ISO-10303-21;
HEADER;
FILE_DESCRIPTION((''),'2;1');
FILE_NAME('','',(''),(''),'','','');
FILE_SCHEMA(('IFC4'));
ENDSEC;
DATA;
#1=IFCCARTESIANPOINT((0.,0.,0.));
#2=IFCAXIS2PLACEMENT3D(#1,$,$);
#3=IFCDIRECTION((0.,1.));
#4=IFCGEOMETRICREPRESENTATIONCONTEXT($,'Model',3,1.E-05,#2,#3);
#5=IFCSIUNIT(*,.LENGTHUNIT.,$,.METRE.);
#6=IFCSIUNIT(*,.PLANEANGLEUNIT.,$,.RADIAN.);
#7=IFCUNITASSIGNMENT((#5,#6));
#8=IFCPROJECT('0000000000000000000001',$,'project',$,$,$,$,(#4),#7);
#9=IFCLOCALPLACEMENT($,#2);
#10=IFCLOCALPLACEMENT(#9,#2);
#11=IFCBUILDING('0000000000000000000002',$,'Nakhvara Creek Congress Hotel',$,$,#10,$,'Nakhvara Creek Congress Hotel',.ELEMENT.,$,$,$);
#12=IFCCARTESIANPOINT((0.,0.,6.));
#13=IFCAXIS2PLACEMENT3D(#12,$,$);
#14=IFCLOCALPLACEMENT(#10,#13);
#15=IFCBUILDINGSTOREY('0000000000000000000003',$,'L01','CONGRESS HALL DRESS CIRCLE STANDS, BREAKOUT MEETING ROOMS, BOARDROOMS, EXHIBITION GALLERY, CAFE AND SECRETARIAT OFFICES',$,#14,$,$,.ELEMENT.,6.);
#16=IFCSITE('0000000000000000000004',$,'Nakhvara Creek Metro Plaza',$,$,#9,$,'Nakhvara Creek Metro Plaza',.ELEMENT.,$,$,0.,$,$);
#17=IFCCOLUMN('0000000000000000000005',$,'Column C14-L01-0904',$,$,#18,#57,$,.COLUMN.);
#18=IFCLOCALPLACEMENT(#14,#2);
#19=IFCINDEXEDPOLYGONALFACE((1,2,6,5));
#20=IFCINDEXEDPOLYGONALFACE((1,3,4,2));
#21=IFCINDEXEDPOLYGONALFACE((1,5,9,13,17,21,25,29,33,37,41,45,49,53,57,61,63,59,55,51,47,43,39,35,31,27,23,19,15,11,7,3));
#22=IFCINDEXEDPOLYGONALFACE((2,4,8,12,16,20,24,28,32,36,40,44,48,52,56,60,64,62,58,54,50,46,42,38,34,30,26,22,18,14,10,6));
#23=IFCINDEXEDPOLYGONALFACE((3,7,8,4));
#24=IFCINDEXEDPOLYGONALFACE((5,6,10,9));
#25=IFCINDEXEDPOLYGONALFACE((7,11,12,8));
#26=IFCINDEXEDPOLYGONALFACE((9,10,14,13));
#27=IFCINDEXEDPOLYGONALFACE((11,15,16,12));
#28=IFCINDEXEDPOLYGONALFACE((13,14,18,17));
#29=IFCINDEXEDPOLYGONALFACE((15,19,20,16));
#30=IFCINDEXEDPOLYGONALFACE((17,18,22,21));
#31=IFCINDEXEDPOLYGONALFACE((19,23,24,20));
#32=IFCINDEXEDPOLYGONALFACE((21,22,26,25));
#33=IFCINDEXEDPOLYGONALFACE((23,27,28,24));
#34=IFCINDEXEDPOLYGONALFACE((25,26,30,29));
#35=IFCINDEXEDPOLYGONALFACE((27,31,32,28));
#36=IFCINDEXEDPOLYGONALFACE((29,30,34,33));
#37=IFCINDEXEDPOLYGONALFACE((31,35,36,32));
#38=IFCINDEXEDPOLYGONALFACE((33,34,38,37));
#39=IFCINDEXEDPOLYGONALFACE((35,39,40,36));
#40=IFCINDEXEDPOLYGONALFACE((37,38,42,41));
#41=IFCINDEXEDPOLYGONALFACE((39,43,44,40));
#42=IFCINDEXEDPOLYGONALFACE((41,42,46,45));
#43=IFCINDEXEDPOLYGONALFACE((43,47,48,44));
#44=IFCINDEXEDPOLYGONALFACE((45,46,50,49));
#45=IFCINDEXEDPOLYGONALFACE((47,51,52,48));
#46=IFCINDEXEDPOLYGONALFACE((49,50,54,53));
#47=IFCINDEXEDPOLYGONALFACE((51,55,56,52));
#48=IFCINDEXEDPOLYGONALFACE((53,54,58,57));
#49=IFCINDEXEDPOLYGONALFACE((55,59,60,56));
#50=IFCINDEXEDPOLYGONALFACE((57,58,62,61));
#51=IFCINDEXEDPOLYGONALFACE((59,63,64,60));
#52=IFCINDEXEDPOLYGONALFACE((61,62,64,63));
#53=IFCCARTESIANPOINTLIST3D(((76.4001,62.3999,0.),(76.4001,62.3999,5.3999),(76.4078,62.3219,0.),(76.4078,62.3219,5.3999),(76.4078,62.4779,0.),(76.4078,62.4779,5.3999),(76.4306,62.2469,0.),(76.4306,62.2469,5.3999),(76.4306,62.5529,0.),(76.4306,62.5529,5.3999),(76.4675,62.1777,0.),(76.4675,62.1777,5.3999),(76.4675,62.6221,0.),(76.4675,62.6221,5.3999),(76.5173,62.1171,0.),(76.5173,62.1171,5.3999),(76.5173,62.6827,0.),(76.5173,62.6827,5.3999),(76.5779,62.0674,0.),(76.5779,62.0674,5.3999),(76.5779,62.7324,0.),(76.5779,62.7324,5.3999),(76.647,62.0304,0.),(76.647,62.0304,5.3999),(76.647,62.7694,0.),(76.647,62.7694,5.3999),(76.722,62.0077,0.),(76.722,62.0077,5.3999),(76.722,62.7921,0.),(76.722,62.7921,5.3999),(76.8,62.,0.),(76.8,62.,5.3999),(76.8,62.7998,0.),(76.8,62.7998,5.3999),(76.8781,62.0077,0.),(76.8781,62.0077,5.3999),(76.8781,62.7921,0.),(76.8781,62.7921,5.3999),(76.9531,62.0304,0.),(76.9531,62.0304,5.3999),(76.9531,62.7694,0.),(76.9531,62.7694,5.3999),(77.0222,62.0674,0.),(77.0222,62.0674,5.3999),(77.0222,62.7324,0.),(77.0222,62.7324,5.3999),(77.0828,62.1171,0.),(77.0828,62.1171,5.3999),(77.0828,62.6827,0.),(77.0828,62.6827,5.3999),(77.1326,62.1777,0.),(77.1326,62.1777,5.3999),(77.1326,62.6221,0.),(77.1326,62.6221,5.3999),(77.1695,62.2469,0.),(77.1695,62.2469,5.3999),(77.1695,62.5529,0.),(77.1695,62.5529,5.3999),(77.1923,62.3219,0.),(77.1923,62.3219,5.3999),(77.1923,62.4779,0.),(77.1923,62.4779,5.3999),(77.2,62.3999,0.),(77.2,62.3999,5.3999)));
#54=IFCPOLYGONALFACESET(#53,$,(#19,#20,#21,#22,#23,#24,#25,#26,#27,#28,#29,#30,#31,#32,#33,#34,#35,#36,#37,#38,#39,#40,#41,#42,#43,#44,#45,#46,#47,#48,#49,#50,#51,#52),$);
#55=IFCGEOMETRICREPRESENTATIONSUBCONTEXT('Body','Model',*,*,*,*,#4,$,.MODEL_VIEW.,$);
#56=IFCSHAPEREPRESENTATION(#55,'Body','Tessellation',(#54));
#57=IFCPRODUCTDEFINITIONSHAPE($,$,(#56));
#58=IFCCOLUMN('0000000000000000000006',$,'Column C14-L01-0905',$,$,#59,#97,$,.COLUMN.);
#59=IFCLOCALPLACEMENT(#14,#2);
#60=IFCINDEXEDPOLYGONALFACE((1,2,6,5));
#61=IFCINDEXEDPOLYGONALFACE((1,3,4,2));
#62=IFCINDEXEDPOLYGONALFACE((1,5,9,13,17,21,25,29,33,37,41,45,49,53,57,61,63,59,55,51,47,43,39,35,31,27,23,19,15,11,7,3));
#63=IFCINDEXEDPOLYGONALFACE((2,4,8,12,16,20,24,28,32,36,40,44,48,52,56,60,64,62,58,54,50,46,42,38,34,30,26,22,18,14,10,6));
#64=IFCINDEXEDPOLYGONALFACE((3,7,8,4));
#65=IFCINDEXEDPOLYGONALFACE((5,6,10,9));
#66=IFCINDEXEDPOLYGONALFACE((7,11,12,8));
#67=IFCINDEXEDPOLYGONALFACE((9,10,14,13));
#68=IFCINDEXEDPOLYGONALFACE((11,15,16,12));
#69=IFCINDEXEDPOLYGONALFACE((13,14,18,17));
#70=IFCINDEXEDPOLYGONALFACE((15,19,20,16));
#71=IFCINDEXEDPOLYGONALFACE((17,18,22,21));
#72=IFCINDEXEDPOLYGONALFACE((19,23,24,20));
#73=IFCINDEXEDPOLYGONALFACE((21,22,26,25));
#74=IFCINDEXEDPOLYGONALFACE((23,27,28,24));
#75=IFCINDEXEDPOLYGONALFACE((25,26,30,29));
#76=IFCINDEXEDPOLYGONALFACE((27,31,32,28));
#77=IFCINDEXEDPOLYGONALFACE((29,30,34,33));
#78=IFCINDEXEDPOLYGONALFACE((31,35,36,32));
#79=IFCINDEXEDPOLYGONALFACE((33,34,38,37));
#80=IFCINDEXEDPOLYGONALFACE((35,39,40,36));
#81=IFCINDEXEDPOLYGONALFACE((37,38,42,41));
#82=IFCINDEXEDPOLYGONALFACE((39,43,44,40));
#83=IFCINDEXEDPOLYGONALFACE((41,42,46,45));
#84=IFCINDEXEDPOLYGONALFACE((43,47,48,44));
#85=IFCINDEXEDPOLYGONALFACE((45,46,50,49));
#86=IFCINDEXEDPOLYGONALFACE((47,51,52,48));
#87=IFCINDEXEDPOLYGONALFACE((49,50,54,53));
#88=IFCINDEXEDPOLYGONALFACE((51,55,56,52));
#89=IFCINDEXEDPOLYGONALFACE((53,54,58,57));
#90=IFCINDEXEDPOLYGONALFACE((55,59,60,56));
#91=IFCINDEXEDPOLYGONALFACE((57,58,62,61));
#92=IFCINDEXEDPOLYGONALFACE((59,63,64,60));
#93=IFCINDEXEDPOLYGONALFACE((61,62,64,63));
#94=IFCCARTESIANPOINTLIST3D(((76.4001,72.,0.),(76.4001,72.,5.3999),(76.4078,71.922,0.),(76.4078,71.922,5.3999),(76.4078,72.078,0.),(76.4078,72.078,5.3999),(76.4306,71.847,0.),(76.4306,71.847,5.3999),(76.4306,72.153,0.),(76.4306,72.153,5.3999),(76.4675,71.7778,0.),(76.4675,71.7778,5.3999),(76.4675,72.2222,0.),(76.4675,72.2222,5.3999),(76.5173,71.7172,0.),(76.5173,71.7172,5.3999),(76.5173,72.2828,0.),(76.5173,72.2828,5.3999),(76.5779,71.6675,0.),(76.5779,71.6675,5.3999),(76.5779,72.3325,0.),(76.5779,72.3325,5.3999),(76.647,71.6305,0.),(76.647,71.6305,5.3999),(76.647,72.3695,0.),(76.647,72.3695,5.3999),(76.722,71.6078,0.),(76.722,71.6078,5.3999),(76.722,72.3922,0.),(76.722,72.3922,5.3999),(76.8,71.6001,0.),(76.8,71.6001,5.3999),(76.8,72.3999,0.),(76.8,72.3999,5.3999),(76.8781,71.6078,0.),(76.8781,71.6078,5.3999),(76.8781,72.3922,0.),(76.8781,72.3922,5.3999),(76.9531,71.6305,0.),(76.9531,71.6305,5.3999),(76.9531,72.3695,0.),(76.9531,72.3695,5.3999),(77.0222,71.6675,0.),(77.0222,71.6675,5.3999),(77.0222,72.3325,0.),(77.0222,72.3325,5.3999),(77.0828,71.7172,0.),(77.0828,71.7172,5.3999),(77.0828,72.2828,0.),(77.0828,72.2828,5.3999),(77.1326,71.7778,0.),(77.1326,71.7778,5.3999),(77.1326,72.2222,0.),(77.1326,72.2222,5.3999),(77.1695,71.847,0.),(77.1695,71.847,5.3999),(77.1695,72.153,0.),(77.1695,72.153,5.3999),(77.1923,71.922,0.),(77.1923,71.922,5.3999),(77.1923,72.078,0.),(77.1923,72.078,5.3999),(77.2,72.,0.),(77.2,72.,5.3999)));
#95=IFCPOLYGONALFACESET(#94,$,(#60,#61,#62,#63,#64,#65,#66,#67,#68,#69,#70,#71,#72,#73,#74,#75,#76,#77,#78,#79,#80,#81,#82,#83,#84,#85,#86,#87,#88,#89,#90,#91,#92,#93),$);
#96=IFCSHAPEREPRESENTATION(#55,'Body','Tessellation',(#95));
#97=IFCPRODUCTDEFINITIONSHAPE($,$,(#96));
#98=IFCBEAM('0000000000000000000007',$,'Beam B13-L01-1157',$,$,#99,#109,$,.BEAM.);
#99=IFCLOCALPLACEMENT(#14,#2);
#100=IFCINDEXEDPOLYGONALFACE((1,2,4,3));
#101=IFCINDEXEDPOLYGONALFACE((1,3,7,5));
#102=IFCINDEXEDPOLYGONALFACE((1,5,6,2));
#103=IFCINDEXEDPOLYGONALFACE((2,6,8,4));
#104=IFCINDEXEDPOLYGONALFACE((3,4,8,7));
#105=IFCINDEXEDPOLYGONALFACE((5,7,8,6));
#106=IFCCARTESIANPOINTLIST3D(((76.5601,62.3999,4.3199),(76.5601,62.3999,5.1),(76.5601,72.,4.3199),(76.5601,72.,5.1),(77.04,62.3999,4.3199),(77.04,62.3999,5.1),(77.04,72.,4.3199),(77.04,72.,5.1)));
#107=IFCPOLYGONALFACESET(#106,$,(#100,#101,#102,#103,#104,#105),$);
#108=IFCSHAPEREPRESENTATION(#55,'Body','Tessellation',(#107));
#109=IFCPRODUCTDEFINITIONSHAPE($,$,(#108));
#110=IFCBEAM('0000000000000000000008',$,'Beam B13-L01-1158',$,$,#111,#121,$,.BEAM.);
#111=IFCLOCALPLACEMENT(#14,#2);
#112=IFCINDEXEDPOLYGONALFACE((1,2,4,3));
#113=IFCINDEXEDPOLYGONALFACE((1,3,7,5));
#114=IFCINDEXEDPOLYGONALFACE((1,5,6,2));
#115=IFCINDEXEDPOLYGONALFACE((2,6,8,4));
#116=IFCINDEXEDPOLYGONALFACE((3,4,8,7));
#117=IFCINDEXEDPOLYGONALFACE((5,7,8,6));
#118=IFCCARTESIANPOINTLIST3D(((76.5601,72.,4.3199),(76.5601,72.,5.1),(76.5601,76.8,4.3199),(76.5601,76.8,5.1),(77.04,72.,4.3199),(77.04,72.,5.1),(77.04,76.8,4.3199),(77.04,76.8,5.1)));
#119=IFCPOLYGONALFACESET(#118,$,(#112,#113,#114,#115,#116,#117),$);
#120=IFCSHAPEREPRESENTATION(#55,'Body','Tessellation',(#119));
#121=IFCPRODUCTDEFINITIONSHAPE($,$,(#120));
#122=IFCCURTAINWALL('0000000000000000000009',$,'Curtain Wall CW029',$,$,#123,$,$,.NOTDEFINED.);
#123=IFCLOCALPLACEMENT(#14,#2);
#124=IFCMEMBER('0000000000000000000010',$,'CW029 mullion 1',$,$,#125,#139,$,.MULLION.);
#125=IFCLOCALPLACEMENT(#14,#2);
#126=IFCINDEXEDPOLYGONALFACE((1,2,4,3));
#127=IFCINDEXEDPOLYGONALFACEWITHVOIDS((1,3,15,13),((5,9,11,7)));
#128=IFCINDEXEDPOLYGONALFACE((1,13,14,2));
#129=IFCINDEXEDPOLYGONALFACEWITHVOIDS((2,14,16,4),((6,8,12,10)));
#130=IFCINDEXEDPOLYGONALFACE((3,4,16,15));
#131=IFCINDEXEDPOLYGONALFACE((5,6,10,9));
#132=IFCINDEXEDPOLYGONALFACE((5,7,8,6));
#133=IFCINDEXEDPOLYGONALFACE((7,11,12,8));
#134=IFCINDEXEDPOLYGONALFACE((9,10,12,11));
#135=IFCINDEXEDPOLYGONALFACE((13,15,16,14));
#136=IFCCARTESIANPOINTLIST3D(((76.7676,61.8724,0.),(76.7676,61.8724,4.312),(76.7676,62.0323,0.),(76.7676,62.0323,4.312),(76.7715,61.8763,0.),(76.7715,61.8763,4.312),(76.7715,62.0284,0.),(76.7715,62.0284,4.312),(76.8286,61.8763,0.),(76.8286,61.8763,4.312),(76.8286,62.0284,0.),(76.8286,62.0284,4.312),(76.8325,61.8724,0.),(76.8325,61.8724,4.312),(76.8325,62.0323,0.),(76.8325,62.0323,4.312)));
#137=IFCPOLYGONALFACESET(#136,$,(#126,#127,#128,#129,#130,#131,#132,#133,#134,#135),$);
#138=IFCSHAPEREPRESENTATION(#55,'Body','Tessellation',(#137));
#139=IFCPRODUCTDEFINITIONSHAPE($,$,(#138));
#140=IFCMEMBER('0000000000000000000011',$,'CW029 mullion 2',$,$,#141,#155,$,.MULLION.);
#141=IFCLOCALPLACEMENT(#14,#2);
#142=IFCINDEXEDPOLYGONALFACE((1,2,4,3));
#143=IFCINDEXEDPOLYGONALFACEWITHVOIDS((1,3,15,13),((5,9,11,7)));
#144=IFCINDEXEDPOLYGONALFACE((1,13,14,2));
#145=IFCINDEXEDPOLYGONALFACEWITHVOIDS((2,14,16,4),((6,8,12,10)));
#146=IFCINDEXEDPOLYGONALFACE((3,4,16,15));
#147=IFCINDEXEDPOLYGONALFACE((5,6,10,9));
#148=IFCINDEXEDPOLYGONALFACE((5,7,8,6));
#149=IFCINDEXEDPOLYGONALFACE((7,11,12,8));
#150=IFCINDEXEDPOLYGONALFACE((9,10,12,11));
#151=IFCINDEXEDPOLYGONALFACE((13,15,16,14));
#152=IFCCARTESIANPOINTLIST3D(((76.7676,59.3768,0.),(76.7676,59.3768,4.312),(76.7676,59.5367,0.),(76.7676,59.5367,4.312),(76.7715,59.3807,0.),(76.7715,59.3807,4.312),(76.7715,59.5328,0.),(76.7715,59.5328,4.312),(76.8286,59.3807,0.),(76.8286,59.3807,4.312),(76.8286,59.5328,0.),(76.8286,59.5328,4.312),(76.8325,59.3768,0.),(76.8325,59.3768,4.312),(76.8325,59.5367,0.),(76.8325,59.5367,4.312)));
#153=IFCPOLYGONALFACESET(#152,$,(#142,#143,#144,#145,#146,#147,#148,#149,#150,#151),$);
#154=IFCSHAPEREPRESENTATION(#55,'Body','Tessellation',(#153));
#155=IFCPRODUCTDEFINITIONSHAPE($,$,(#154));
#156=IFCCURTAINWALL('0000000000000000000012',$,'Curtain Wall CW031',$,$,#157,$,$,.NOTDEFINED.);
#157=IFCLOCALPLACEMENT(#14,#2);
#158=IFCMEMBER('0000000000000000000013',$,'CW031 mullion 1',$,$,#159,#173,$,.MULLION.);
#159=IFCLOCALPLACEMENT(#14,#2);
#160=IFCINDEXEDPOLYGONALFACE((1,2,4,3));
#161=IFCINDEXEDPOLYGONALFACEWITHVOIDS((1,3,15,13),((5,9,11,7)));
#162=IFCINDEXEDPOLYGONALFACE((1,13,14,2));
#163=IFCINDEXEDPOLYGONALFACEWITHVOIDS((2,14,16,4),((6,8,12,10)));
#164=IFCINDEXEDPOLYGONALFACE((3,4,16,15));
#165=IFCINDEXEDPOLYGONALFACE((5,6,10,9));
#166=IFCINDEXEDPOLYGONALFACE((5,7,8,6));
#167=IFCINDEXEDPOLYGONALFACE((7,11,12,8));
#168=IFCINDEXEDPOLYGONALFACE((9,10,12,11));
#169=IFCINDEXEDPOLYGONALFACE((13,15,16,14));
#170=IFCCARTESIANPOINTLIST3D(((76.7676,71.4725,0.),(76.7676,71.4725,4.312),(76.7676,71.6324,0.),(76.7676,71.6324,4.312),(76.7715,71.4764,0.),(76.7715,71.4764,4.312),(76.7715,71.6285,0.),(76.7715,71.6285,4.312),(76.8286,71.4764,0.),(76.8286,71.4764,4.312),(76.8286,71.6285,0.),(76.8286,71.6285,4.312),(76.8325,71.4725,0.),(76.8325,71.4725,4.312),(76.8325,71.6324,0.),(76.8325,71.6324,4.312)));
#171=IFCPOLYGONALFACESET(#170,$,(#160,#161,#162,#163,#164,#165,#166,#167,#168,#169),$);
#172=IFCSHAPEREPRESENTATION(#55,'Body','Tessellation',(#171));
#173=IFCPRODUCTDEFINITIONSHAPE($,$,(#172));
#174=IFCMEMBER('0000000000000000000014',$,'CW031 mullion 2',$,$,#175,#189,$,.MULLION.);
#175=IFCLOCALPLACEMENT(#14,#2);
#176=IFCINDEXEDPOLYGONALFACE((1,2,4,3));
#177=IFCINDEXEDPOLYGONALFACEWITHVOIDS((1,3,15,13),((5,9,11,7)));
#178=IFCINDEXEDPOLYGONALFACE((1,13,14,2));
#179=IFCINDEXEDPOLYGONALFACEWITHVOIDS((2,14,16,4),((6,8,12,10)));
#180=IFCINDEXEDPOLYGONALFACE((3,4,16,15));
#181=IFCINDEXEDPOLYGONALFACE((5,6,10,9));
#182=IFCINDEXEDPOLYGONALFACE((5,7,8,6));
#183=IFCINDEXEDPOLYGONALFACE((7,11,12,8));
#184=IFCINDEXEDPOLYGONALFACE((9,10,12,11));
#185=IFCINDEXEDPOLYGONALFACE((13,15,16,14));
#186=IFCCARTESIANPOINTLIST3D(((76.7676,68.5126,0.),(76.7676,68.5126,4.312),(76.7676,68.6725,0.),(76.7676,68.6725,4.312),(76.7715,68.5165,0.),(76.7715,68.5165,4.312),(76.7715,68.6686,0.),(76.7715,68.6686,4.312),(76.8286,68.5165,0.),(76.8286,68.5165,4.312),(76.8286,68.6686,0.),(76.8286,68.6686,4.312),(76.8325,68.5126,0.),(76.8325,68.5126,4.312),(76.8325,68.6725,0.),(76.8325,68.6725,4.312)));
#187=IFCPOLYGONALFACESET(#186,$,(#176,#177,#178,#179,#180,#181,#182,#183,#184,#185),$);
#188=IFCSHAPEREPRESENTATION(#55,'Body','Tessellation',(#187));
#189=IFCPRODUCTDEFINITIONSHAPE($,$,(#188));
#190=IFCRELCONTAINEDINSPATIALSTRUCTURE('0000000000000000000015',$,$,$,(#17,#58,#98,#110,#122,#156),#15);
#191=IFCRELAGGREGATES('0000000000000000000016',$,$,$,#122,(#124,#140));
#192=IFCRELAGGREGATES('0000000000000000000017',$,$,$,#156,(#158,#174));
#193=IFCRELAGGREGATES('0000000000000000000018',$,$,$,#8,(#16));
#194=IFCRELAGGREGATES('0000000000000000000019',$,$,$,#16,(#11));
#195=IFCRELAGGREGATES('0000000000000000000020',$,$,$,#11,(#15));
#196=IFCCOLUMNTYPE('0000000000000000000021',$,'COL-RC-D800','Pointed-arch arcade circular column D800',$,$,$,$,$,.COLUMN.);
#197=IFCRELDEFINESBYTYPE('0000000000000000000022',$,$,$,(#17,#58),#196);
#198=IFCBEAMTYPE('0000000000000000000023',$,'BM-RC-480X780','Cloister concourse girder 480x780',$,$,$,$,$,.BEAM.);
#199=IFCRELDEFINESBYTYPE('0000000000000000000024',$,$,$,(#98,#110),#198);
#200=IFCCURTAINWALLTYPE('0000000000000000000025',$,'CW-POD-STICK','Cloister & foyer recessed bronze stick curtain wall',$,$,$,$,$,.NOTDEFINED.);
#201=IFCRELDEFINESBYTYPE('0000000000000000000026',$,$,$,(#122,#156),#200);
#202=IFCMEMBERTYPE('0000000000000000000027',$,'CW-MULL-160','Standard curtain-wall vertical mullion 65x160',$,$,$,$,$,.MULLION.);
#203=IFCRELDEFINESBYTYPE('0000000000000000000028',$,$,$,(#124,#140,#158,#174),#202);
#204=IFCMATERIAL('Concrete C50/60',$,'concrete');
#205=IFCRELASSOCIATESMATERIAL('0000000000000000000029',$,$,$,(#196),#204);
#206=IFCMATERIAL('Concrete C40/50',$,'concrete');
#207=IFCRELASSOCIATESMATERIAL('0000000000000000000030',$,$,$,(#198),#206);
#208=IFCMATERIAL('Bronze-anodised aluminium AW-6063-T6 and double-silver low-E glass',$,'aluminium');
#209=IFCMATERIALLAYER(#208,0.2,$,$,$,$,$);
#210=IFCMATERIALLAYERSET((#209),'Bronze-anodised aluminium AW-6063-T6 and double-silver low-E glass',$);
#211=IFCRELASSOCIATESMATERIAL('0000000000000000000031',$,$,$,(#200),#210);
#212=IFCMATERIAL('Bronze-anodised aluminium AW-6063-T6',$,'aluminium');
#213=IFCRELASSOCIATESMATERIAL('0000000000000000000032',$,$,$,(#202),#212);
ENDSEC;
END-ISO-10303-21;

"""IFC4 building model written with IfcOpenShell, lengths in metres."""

from ifc_helpers import new_model, si_unit, direction, frame, origin, origin_2d, place, context, subcontext, project, spatial, rectangle, hollow_rectangle, circle, extrude, material, layer, layer_set, material_profile, profile_set, type_object, element, aggregate, save


model = new_model("IFC4")

# Units and contexts
model_context = context("Model", 3, precision=1e-05, world=origin(), true_north=direction((0.0, 1.0)))
body_context = subcontext(model_context, "Body", "Model", "MODEL_VIEW")
ifc_project = project(units=[si_unit("LENGTHUNIT", "METRE"), si_unit("PLANEANGLEUNIT", "RADIAN")], contexts=[model_context])

# Site, building, storey
site_placement = place(None, origin())
site = spatial("IfcSite", under=ifc_project, at=site_placement, Name="Nakhvara Creek Metro Plaza", LongName="Nakhvara Creek Metro Plaza", CompositionType="ELEMENT", RefElevation=0.0)
building_placement = place(site_placement, origin())
building = spatial("IfcBuilding", under=site, at=building_placement, Name="Nakhvara Creek Congress Hotel", LongName="Nakhvara Creek Congress Hotel", CompositionType="ELEMENT")
storey_placement = place(building_placement, frame((0.0, 0.0, 6.0)))
storey = spatial("IfcBuildingStorey", under=building, at=storey_placement, Name="L01", Description="CONGRESS HALL DRESS CIRCLE STANDS, BREAKOUT MEETING ROOMS, BOARDROOMS, EXHIBITION GALLERY, CAFE AND SECRETARIAT OFFICES", CompositionType="ELEMENT", Elevation=6.0)

# Columns
ifc_material_1 = material(Name="Concrete C50/60", Category="concrete")
ifc_material_profile_1 = material_profile(ifc_material_1, circle(Radius=0.3999, at=origin_2d()), Name="RC-COL D800", Category="LoadBearing")
ifc_profile_set_1 = profile_set([ifc_material_profile_1], Name="Concrete C50/60")
column_type = type_object("IfcColumnType", Name="COL-RC-D800", Description="Pointed-arch arcade circular column D800", PredefinedType="COLUMN", material=ifc_profile_set_1)
for number, where, z_axis, x_axis, name in (
    (1, (76.8, 62.3999, 0.0), (0.0, 0.0, 1.0), (1.0, 0.0, 0.0), "Column C14-L01-0904"),
    (2, (76.8, 72.0, 0.0), (0.0, 0.0, 1.0), (1.0, 0.0, 0.0), "Column C14-L01-0905"),
):
    element("IfcColumn", number, at=place(storey_placement, frame(where, z_axis=z_axis, x_axis=x_axis)), inside=storey, type_object=column_type, Name=name, PredefinedType="COLUMN", context=body_context, shape_type="SweptSolid", body=[
        extrude(circle(Radius=0.3999, at=origin_2d()), origin(), (0.0, 0.0, 1.0), 5.3999),
    ])

# Beams
ifc_material_2 = material(Name="Concrete C40/50", Category="concrete")
ifc_material_profile_2 = material_profile(ifc_material_2, rectangle(XDim=0.48, YDim=0.78, at=origin_2d()), Name="RC-BM 480x780", Category="LoadBearing")
ifc_profile_set_2 = profile_set([ifc_material_profile_2], Name="Concrete C40/50")
beam_type = type_object("IfcBeamType", Name="BM-RC-480X780", Description="Cloister concourse girder 480x780", PredefinedType="BEAM", material=ifc_profile_set_2)
beam_1_placement = place(storey_placement, frame((76.8, 62.3999, 4.71), z_axis=(0.0, 1.0, 0.0), x_axis=(-1.0, 0.0, 0.0)))
element("IfcBeam", 3, at=beam_1_placement, inside=storey, type_object=beam_type, Name="Beam B13-L01-1157", PredefinedType="BEAM", context=body_context, shape_type="SweptSolid", body=[
    extrude(rectangle(XDim=0.48, YDim=0.78, at=origin_2d()), origin(), (0.0, 0.0, 1.0), 9.6001),
])
beam_2_placement = place(storey_placement, frame((76.8, 72.0, 4.71), z_axis=(0.0, 1.0, 0.0), x_axis=(-1.0, 0.0, 0.0)))
element("IfcBeam", 4, at=beam_2_placement, inside=storey, type_object=beam_type, Name="Beam B13-L01-1158", PredefinedType="BEAM", context=body_context, shape_type="SweptSolid", body=[
    extrude(rectangle(XDim=0.48, YDim=0.78, at=origin_2d()), origin(), (0.0, 0.0, 1.0), 4.8),
])

# Curtain walls, members
ifc_material_3 = material(Name="Bronze-anodised aluminium AW-6063-T6 and double-silver low-E glass", Category="aluminium")
ifc_layer = layer(ifc_material_3, 0.2)
ifc_layer_set = layer_set([ifc_layer], Name="Bronze-anodised aluminium AW-6063-T6 and double-silver low-E glass")
curtain_wall_type = type_object("IfcCurtainWallType", Name="CW-POD-STICK", Description="Cloister & foyer recessed bronze stick curtain wall", PredefinedType="NOTDEFINED", material=ifc_layer_set)
curtain_wall_1_placement = place(storey_placement, origin())
curtain_wall_1 = element("IfcCurtainWall", 5, at=curtain_wall_1_placement, inside=storey, type_object=curtain_wall_type, Name="Curtain Wall CW029", PredefinedType="NOTDEFINED")
ifc_material_4 = material(Name="Bronze-anodised aluminium AW-6063-T6", Category="aluminium")
ifc_material_profile_3 = material_profile(ifc_material_4, hollow_rectangle(XDim=0.0649, YDim=0.1599, WallThickness=0.0039, at=origin_2d()), Name="ALU-MULL 65x160x4", Category="LoadBearing")
ifc_profile_set_3 = profile_set([ifc_material_profile_3], Name="Bronze-anodised aluminium AW-6063-T6")
member_type_1 = type_object("IfcMemberType", Name="CW-MULL-160", Description="Standard curtain-wall vertical mullion 65x160", PredefinedType="MULLION", material=ifc_profile_set_3)
member_1_placement = place(storey_placement, frame((76.8, 61.9524, 0.0), z_axis=(0.0, 0.0, 1.0), x_axis=(1.0, 0.0, 0.0)))
member_1 = element("IfcMember", 6, at=member_1_placement, type_object=member_type_1, Name="CW029 mullion 1", PredefinedType="MULLION", context=body_context, shape_type="SweptSolid", body=[
    extrude(hollow_rectangle(XDim=0.0649, YDim=0.1599, WallThickness=0.0039, at=origin_2d()), origin(), (0.0, 0.0, 1.0), 4.312),
])
member_2_placement = place(storey_placement, frame((76.8, 59.4568, 0.0), z_axis=(0.0, 0.0, 1.0), x_axis=(1.0, 0.0, 0.0)))
member_2 = element("IfcMember", 7, at=member_2_placement, type_object=member_type_1, Name="CW029 mullion 2", PredefinedType="MULLION", context=body_context, shape_type="SweptSolid", body=[
    extrude(hollow_rectangle(XDim=0.0649, YDim=0.1599, WallThickness=0.0039, at=origin_2d()), origin(), (0.0, 0.0, 1.0), 4.312),
])
curtain_wall_2_placement = place(storey_placement, origin())
curtain_wall_2 = element("IfcCurtainWall", 8, at=curtain_wall_2_placement, inside=storey, type_object=curtain_wall_type, Name="Curtain Wall CW031", PredefinedType="NOTDEFINED")
member_3_placement = place(storey_placement, frame((76.8, 71.5525, 0.0), z_axis=(0.0, 0.0, 1.0), x_axis=(1.0, 0.0, 0.0)))
member_3 = element("IfcMember", 9, at=member_3_placement, type_object=member_type_1, Name="CW031 mullion 1", PredefinedType="MULLION", context=body_context, shape_type="SweptSolid", body=[
    extrude(hollow_rectangle(XDim=0.0649, YDim=0.1599, WallThickness=0.0039, at=origin_2d()), origin(), (0.0, 0.0, 1.0), 4.312),
])
member_4_placement = place(storey_placement, frame((76.8, 68.5925, 0.0), z_axis=(0.0, 0.0, 1.0), x_axis=(1.0, 0.0, 0.0)))
member_4 = element("IfcMember", 10, at=member_4_placement, type_object=member_type_1, Name="CW031 mullion 2", PredefinedType="MULLION", context=body_context, shape_type="SweptSolid", body=[
    extrude(hollow_rectangle(XDim=0.0649, YDim=0.1599, WallThickness=0.0039, at=origin_2d()), origin(), (0.0, 0.0, 1.0), 4.312),
])

aggregate(curtain_wall_1, [member_1, member_2])
aggregate(curtain_wall_2, [member_3, member_4])

save(model, "model.ifc")
